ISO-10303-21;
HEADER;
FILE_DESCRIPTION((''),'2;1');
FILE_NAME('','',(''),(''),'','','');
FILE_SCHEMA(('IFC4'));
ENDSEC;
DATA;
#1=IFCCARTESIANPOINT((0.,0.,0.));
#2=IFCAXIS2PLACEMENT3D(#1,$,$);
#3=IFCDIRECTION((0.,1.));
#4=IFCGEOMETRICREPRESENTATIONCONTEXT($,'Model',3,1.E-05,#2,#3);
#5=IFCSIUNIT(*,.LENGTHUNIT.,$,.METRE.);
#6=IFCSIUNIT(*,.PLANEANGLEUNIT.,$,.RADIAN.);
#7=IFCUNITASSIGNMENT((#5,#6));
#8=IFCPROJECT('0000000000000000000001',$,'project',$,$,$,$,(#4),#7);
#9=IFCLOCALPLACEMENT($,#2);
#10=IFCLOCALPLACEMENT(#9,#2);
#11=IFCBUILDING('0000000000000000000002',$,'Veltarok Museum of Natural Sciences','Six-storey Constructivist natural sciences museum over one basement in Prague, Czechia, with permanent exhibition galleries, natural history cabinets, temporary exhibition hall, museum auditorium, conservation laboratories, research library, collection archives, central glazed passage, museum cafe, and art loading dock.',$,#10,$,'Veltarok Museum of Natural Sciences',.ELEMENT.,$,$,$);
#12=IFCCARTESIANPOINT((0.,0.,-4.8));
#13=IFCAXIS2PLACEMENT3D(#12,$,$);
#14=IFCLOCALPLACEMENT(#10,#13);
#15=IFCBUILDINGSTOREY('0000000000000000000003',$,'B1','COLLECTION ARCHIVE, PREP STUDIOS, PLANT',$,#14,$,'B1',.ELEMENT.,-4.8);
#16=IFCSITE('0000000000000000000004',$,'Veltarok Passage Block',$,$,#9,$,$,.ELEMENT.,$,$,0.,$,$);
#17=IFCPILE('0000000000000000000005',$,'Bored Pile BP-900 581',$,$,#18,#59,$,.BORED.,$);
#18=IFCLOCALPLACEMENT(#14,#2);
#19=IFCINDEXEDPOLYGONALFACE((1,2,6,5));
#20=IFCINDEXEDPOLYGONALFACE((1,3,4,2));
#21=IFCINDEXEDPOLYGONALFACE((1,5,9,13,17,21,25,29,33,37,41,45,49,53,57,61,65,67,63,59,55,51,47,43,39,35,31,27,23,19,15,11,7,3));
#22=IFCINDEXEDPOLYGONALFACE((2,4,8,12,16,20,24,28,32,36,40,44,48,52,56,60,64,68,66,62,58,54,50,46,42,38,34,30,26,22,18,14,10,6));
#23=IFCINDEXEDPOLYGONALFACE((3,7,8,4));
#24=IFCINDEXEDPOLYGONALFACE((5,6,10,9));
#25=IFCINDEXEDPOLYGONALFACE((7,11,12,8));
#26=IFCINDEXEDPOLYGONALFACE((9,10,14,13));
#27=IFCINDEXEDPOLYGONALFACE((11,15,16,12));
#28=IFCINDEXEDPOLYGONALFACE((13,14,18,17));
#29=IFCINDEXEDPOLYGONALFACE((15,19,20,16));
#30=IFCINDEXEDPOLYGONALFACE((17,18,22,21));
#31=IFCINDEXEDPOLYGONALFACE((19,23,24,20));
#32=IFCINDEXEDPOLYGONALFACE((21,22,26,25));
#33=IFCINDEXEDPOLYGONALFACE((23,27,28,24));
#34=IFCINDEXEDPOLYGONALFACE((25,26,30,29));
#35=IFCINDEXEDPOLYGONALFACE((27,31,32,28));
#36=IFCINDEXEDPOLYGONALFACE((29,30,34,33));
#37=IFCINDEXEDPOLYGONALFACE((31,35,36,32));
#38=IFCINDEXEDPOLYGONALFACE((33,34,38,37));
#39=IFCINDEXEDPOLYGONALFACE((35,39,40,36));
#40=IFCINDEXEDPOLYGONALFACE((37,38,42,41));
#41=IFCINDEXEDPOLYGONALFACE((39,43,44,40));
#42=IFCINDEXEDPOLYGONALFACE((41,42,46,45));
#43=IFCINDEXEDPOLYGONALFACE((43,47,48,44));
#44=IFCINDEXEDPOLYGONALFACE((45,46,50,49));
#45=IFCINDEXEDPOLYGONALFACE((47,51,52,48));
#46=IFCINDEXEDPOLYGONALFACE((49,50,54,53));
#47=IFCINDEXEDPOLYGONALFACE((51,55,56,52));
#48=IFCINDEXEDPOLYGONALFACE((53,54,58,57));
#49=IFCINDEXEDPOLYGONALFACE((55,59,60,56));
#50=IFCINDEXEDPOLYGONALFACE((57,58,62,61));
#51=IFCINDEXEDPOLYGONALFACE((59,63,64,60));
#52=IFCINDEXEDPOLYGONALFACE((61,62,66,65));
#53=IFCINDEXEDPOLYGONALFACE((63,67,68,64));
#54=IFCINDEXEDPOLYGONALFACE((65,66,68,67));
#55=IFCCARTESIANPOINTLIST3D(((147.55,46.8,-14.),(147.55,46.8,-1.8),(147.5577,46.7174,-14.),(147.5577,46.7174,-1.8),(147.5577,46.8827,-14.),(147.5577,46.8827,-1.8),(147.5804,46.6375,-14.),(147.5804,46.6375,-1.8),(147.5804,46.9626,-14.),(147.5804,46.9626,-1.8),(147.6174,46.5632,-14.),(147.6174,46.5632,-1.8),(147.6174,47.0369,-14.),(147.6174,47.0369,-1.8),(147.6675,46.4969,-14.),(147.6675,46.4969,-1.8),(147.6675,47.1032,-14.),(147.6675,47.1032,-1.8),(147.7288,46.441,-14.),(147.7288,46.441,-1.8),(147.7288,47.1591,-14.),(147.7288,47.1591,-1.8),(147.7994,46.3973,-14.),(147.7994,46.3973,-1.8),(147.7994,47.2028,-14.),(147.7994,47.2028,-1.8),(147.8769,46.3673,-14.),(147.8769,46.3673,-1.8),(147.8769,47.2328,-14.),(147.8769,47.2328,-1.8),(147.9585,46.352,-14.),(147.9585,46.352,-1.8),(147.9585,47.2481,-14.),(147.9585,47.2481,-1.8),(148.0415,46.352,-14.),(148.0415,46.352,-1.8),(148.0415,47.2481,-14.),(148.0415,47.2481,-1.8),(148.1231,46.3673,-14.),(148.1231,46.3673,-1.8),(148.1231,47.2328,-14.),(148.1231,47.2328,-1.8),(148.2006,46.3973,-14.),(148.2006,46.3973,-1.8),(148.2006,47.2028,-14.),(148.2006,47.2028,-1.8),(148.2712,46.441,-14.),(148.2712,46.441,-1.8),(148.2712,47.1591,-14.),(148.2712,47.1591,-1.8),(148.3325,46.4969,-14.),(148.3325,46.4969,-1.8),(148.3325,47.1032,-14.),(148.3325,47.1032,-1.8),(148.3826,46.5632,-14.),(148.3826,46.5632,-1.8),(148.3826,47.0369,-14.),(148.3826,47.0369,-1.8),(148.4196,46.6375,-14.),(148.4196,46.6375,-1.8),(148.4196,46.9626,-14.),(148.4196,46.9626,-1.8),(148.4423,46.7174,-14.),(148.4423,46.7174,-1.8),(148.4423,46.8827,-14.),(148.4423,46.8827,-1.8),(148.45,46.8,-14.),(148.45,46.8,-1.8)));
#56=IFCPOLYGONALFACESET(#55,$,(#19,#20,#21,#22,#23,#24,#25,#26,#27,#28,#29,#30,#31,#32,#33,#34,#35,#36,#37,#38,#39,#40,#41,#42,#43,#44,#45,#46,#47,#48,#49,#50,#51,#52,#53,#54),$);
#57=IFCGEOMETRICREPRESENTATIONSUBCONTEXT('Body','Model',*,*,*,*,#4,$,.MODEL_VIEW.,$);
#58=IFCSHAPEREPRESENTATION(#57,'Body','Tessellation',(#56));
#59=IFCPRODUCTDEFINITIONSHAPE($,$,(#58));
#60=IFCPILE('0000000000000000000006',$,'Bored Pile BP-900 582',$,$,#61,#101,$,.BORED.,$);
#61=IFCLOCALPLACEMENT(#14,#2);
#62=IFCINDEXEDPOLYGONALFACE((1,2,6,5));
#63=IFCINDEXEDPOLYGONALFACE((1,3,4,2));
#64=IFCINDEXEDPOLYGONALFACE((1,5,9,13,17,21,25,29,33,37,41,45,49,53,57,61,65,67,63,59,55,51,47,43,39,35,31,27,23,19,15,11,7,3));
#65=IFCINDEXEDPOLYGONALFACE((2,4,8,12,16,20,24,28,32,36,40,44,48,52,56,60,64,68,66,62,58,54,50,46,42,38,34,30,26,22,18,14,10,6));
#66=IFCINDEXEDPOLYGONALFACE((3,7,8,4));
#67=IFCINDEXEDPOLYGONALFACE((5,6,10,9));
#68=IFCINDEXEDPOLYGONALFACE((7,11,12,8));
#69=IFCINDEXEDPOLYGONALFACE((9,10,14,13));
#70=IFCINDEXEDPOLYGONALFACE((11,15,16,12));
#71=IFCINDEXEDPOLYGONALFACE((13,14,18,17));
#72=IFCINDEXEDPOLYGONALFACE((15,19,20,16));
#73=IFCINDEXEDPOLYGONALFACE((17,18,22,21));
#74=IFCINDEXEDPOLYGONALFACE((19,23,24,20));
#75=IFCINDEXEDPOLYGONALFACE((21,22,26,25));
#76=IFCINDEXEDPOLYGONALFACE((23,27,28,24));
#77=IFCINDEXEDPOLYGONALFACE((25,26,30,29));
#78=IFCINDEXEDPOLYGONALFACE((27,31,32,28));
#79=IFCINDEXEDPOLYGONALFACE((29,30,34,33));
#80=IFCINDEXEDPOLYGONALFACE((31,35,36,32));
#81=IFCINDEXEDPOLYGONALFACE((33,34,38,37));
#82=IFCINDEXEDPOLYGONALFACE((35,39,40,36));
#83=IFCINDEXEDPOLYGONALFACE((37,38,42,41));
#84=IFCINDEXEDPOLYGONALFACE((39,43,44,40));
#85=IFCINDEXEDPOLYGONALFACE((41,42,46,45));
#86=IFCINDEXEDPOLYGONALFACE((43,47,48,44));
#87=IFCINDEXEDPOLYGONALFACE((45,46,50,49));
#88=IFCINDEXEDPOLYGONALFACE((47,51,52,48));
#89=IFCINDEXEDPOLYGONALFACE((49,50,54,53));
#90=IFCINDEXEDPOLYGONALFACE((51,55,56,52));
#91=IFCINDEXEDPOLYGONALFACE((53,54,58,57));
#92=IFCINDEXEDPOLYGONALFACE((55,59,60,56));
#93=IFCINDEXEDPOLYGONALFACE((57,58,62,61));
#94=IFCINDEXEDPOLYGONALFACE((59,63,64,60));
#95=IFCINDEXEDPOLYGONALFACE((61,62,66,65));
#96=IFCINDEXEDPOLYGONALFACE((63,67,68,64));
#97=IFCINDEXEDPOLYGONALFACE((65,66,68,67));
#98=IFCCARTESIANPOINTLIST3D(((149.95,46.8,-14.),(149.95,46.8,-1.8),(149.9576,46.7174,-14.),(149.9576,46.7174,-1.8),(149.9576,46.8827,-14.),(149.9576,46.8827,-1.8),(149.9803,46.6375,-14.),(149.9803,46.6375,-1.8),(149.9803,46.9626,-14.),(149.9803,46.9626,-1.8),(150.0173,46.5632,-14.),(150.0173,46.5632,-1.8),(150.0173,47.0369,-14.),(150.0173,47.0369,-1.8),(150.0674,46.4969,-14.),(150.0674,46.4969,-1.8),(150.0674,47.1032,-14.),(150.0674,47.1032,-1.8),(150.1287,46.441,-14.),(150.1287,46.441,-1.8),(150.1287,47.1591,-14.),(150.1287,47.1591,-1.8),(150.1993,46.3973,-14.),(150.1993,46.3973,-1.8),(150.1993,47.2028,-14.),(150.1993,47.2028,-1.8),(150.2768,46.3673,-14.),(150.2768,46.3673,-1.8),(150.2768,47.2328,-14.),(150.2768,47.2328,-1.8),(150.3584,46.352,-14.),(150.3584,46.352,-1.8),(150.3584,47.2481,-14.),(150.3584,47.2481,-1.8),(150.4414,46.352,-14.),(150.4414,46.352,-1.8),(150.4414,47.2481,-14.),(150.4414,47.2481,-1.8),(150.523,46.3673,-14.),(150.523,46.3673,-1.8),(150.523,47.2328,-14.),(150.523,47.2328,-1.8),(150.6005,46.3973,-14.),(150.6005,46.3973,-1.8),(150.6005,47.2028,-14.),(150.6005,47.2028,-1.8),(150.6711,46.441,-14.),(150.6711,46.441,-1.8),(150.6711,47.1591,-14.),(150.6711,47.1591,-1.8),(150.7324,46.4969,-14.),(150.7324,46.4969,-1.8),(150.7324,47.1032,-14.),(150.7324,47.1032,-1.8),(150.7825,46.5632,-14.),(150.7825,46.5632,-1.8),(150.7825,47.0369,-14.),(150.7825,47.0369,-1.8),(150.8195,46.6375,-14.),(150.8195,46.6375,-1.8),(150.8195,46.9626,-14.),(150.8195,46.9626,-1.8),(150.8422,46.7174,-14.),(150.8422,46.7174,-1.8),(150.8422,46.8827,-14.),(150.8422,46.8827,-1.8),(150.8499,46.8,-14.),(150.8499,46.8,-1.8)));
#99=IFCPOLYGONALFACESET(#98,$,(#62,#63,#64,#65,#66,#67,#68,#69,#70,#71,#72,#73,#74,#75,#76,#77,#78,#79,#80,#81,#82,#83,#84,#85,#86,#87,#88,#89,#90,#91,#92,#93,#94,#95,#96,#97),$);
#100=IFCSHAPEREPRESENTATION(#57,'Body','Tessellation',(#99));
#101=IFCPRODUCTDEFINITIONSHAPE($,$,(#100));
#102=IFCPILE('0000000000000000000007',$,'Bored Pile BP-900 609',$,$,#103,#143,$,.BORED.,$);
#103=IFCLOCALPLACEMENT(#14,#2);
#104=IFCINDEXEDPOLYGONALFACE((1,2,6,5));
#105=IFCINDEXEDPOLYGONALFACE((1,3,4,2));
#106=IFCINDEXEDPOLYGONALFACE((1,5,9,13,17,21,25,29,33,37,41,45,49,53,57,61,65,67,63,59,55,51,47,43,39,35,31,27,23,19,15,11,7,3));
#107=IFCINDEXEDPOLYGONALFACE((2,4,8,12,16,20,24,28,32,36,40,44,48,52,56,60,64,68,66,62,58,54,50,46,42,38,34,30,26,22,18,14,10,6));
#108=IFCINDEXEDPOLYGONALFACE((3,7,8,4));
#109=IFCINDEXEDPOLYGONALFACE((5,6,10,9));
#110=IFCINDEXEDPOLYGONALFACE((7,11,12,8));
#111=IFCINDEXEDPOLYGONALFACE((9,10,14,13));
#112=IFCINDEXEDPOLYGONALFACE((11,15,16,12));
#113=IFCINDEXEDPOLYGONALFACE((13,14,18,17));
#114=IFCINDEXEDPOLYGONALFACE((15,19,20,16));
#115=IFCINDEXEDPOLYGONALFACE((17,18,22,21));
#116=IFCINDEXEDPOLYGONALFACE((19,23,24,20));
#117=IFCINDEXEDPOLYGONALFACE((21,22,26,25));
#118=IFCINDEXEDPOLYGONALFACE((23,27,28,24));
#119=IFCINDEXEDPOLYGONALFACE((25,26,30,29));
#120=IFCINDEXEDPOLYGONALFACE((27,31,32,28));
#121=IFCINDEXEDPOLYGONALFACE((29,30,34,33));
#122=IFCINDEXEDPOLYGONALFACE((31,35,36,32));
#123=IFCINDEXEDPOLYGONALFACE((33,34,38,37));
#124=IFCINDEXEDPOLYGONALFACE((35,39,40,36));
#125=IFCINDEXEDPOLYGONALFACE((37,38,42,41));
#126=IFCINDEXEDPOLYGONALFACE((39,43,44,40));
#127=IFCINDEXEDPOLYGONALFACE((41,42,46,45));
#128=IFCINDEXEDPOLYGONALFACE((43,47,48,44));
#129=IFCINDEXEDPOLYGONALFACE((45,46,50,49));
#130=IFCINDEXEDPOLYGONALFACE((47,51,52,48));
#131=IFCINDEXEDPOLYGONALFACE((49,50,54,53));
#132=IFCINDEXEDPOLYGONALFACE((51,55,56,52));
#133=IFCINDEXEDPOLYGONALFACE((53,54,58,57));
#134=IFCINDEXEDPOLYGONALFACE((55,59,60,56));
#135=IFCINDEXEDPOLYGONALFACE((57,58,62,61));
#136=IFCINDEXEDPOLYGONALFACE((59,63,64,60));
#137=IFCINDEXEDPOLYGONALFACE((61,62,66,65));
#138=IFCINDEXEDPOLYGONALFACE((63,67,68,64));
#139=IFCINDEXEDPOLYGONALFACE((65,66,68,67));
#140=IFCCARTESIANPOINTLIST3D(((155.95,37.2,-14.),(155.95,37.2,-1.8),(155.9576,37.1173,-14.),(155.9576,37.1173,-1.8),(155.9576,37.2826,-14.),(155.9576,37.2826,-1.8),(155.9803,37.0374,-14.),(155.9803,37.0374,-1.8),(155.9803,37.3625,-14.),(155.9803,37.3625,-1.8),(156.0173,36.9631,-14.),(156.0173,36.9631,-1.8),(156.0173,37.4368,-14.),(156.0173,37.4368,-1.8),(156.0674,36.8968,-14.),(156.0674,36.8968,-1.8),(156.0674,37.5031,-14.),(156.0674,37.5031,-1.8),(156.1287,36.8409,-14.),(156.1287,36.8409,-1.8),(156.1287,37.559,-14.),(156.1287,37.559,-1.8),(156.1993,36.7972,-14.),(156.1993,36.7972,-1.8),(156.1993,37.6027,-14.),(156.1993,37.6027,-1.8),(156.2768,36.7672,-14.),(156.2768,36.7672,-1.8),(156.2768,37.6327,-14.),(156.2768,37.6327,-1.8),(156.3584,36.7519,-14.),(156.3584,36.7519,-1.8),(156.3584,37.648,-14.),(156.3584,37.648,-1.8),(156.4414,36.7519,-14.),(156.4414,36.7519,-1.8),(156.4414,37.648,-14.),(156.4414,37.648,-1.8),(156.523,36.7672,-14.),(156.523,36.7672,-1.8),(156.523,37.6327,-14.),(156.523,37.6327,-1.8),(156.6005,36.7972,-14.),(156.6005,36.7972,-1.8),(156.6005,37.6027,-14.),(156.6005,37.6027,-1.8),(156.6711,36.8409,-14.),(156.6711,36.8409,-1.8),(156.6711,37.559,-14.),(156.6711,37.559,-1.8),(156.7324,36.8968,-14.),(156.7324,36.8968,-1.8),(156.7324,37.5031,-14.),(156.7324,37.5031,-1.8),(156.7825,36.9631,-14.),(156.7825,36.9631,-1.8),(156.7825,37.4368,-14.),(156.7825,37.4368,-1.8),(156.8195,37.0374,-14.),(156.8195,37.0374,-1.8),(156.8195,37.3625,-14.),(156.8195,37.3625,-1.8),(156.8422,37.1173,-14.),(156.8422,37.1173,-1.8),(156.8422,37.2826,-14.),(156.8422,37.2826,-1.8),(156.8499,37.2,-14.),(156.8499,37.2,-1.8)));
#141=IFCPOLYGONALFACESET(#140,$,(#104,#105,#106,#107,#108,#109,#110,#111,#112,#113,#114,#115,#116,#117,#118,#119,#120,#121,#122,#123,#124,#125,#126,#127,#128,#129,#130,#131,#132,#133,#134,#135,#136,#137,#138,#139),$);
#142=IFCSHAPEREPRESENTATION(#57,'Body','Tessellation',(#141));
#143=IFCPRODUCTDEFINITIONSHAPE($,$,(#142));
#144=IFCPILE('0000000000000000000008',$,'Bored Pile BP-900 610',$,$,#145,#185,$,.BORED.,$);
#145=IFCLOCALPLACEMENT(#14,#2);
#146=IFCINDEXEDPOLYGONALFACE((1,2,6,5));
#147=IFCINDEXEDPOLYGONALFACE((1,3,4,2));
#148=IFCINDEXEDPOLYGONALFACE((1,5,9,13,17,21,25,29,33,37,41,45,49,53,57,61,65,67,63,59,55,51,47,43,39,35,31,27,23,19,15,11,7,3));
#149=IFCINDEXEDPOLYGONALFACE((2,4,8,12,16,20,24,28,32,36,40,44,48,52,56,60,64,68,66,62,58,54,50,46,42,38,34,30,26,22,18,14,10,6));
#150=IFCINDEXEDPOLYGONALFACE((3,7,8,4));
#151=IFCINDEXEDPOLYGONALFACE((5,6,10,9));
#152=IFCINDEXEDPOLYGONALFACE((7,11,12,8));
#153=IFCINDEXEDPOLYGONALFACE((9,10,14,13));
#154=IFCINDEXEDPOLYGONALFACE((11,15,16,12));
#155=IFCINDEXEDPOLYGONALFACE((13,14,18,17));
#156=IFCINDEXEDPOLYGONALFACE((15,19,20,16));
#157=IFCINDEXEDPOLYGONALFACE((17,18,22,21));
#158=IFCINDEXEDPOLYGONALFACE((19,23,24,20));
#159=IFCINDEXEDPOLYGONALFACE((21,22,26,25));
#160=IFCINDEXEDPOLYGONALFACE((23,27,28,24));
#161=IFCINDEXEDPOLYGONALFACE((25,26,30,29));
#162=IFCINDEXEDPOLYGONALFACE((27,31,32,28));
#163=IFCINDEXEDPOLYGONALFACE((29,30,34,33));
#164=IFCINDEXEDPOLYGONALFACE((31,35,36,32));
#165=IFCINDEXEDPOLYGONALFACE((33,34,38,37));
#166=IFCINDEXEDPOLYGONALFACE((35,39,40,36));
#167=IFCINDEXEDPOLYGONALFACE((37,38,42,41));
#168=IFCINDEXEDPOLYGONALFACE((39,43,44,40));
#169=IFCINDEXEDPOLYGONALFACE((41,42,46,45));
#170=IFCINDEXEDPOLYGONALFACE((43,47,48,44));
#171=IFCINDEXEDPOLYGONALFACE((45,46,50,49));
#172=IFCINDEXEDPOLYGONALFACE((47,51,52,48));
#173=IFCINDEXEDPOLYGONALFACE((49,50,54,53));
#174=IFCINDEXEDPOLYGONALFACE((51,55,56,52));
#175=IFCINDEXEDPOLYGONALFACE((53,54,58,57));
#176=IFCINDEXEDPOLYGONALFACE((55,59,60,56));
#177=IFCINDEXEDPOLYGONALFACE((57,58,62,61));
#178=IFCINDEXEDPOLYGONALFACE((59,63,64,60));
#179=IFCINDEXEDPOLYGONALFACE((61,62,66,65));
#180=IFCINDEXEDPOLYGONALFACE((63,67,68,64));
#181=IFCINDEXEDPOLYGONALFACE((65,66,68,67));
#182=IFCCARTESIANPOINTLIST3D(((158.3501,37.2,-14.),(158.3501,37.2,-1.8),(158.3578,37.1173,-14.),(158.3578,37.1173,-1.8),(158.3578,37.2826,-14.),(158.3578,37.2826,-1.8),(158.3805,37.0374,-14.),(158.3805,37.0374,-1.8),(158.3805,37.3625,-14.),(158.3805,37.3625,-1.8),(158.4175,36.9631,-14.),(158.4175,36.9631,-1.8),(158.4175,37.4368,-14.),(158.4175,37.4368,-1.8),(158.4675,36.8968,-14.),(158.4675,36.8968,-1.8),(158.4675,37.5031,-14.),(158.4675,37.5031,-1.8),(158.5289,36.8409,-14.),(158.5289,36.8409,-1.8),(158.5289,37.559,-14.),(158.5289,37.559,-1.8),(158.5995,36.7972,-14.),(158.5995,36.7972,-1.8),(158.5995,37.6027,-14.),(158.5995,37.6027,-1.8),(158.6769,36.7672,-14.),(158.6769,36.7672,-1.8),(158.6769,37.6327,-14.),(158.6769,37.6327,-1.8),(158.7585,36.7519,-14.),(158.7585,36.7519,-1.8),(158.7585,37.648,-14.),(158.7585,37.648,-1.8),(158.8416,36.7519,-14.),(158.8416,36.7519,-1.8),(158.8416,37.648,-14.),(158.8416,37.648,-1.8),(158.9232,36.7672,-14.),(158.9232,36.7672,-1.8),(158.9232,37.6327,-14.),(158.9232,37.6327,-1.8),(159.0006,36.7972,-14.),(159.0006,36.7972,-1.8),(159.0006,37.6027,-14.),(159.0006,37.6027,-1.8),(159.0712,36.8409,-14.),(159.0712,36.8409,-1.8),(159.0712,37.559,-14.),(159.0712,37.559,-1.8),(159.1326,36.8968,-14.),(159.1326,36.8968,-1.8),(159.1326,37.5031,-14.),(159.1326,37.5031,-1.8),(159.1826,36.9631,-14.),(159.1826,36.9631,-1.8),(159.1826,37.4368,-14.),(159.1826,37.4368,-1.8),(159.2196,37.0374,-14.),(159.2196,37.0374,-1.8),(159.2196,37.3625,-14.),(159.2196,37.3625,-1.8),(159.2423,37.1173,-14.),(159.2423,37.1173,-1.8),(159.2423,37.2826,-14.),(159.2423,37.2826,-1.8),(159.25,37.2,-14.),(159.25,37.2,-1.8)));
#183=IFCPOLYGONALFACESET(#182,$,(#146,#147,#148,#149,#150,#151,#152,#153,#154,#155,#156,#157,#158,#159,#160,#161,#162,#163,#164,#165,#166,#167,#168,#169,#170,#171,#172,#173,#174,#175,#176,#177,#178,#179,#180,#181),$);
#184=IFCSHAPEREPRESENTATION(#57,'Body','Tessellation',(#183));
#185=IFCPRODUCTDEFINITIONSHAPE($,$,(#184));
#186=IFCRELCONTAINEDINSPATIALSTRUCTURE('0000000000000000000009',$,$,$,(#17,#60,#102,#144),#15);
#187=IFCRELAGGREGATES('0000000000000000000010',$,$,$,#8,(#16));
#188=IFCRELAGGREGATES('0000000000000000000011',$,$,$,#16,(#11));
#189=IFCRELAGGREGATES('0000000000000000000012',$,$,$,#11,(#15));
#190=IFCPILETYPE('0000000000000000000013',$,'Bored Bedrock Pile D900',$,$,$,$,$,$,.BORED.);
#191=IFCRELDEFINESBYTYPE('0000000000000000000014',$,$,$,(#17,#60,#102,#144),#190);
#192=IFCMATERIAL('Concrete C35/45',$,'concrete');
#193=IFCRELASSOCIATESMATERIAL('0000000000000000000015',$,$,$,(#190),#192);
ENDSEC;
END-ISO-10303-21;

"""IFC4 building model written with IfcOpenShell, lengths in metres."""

from ifc_helpers import new_model, si_unit, direction, frame, origin, origin_2d, place, context, subcontext, project, spatial, circle, extrude, material, material_profile, profile_set, type_object, element, save


model = new_model("IFC4")

# Units and contexts
model_context = context("Model", 3, precision=1e-05, world=origin(), true_north=direction((0.0, 1.0)))
body_context = subcontext(model_context, "Body", "Model", "MODEL_VIEW")
ifc_project = project(units=[si_unit("LENGTHUNIT", "METRE"), si_unit("PLANEANGLEUNIT", "RADIAN")], contexts=[model_context])

# Site, building, storey
site_placement = place(None, origin())
site = spatial("IfcSite", under=ifc_project, at=site_placement, Name="Veltarok Passage Block", CompositionType="ELEMENT", RefElevation=0.0)
building_placement = place(site_placement, origin())
building = spatial("IfcBuilding", under=site, at=building_placement, Name="Veltarok Museum of Natural Sciences", Description="Six-storey Constructivist natural sciences museum over one basement in Prague, Czechia, with permanent exhibition galleries, natural history cabinets, temporary exhibition hall, museum auditorium, conservation laboratories, research library, collection archives, central glazed passage, museum cafe, and art loading dock.", LongName="Veltarok Museum of Natural Sciences", CompositionType="ELEMENT")
storey_placement = place(building_placement, frame((0.0, 0.0, -4.8)))
storey = spatial("IfcBuildingStorey", under=building, at=storey_placement, Name="B1", Description="COLLECTION ARCHIVE, PREP STUDIOS, PLANT", LongName="B1", CompositionType="ELEMENT", Elevation=-4.8)

# Piles
ifc_material_1 = material(Name="Concrete C35/45", Category="concrete")
ifc_material_profile_1 = material_profile(ifc_material_1, circle(Radius=0.45, at=origin_2d()), Name="BP D900")
ifc_profile_set_1 = profile_set([ifc_material_profile_1], Name="Concrete C35/45")
pile_type_1 = type_object("IfcPileType", Name="Bored Bedrock Pile D900", PredefinedType="BORED", material=ifc_profile_set_1)
for number, where, z_axis, x_axis, name in (
    (1, (148.0, 46.8, -1.8), (0.0, 0.0, -1.0), (1.0, 0.0, 0.0), "Bored Pile BP-900 581"),
    (2, (150.3999, 46.8, -1.8), (0.0, 0.0, -1.0), (1.0, 0.0, 0.0), "Bored Pile BP-900 582"),
    (3, (156.3999, 37.2, -1.8), (0.0, 0.0, -1.0), (1.0, 0.0, 0.0), "Bored Pile BP-900 609"),
    (4, (158.8, 37.2, -1.8), (0.0, 0.0, -1.0), (1.0, 0.0, 0.0), "Bored Pile BP-900 610"),
):
    element("IfcPile", number, at=place(storey_placement, frame(where, z_axis=z_axis, x_axis=x_axis)), inside=storey, type_object=pile_type_1, Name=name, PredefinedType="BORED", context=body_context, shape_type="SweptSolid", body=[
        extrude(circle(Radius=0.45, at=origin_2d()), origin(), (0.0, 0.0, 1.0), 12.2),
    ])

save(model, "model.ifc")
